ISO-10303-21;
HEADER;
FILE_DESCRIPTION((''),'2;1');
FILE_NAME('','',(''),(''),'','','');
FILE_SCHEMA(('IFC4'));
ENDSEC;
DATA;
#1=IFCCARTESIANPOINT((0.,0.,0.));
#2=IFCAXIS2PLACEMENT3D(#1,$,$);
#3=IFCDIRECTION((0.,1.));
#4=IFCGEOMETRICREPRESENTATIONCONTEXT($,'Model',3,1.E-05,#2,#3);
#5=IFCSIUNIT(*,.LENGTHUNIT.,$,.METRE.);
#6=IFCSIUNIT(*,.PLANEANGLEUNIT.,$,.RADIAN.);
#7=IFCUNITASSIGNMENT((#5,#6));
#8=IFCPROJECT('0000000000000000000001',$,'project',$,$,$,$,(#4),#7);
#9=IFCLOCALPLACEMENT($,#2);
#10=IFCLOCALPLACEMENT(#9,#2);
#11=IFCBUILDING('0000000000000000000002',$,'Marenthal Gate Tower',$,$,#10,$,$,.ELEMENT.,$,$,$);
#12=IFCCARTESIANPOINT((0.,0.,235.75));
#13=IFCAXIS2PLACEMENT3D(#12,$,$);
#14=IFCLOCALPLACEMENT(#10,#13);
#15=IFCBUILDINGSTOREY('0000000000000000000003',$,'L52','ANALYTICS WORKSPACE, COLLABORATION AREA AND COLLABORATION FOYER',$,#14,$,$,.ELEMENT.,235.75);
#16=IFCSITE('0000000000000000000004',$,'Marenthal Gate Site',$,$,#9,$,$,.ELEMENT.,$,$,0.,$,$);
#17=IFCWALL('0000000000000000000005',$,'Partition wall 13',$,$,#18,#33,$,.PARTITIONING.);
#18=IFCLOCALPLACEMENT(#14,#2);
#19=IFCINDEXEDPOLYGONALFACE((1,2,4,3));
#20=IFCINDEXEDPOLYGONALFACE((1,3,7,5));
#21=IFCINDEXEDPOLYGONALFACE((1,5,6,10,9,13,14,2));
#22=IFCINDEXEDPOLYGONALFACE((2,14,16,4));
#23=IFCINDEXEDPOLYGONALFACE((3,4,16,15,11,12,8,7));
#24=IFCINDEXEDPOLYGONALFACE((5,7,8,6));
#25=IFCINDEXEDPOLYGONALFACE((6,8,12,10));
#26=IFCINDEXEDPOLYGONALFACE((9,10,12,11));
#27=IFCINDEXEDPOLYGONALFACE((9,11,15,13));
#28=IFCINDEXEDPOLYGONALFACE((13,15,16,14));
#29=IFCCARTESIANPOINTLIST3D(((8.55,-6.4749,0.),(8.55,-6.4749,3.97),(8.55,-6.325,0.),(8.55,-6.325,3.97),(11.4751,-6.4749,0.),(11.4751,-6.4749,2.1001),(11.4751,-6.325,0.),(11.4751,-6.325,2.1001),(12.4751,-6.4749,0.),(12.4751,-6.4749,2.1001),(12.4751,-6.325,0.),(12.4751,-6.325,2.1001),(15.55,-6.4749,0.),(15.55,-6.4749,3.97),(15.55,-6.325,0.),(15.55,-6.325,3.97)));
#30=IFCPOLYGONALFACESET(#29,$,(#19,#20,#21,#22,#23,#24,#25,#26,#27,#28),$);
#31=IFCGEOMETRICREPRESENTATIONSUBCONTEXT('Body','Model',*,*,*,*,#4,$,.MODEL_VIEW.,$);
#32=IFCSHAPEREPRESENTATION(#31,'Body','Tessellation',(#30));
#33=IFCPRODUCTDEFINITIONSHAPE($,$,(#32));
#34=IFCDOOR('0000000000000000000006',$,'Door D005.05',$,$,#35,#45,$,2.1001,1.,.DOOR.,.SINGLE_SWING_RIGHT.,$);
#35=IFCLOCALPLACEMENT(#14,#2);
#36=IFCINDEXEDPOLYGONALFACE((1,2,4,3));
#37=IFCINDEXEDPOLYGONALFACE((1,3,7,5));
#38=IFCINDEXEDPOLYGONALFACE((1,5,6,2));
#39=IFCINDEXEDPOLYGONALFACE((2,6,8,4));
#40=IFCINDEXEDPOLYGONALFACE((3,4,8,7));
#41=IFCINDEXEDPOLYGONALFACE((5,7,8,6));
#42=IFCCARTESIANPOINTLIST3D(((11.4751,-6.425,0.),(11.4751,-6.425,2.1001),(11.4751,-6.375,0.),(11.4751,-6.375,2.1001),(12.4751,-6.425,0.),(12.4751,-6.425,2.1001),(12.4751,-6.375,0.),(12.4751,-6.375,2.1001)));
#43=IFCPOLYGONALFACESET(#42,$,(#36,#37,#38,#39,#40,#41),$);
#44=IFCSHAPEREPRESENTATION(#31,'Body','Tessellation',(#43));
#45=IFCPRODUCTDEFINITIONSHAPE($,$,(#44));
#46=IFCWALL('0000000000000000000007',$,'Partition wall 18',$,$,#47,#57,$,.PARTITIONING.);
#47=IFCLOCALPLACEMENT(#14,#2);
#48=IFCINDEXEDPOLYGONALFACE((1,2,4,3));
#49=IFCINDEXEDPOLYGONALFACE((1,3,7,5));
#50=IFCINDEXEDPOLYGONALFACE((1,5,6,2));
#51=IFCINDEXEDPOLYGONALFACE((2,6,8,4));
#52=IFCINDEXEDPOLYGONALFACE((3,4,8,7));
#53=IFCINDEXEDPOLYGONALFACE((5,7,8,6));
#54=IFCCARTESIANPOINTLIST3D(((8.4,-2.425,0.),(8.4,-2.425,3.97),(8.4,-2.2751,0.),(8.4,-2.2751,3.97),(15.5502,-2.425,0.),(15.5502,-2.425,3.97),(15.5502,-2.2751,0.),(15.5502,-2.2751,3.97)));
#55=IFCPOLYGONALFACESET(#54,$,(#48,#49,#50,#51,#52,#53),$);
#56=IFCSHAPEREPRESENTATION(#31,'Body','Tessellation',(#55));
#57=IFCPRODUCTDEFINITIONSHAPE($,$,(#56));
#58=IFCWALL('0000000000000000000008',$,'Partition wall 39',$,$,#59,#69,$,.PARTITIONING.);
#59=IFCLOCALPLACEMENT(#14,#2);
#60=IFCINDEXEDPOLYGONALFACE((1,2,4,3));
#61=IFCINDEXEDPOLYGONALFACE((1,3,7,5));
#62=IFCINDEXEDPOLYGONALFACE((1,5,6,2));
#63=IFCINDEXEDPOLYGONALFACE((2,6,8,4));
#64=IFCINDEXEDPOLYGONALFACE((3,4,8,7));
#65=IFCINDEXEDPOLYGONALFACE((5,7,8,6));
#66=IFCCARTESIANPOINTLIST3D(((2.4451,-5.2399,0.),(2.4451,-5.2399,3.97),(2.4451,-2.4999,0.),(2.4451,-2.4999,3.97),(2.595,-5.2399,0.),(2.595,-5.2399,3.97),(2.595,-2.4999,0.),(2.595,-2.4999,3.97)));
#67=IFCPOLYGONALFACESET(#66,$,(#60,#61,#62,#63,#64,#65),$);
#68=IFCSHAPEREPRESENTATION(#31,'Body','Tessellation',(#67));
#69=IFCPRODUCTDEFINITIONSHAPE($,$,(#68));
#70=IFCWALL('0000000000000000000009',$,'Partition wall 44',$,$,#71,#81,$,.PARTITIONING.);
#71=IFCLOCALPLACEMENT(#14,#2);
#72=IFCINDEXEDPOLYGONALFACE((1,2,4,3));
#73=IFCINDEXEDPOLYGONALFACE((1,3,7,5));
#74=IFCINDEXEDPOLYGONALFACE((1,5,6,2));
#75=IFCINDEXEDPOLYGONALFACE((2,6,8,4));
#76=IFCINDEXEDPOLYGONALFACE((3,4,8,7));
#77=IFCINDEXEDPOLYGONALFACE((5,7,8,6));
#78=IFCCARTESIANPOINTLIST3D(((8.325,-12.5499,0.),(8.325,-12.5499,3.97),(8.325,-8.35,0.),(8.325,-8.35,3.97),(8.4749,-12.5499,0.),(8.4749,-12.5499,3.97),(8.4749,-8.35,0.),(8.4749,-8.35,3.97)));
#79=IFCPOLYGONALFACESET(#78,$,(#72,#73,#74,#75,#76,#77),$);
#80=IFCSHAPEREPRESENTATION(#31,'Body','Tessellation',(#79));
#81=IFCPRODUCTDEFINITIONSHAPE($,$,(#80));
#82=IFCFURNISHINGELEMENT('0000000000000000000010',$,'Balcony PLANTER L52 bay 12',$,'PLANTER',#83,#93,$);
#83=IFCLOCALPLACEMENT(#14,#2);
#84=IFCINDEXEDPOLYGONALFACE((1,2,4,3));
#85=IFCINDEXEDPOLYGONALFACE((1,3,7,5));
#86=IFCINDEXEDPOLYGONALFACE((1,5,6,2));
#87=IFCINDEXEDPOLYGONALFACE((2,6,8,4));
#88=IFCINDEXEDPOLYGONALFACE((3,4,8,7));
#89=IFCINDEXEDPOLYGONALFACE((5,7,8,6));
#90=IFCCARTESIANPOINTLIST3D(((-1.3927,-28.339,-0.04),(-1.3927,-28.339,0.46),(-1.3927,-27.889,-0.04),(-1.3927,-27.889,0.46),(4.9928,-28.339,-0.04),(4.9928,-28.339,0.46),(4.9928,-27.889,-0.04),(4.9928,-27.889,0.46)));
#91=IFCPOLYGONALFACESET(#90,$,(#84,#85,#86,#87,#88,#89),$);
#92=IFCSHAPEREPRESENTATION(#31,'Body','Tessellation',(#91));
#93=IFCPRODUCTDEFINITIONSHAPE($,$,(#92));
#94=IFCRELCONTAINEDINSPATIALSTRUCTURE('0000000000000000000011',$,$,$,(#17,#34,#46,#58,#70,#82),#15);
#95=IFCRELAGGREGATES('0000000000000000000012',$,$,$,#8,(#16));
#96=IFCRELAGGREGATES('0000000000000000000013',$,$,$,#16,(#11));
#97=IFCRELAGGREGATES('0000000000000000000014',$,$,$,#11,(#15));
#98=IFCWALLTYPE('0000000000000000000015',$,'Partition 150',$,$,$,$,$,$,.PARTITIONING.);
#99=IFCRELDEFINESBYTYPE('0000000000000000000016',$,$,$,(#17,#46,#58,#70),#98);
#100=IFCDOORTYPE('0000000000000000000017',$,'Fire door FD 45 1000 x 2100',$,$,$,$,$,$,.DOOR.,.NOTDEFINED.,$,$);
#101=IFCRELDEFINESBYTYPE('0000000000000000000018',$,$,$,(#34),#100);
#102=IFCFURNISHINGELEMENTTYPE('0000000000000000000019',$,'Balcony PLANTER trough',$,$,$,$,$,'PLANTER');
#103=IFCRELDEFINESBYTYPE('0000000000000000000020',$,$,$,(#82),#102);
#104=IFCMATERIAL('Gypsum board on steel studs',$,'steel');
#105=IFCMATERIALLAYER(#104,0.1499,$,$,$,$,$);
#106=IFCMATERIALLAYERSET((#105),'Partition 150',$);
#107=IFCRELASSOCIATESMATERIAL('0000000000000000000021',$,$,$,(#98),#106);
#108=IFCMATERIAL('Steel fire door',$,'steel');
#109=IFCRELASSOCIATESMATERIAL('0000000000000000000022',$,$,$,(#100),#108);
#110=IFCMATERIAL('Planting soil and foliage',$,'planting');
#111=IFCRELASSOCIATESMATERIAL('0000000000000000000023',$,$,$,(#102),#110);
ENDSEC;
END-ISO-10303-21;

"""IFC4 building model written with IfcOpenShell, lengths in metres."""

from ifc_helpers import new_model, si_unit, direction, frame, frame_2d, origin, origin_2d, place, context, subcontext, project, spatial, rectangle, extrude, material, layer, layer_set, type_object, element, fill, save


model = new_model("IFC4")

# Units and contexts
model_context = context("Model", 3, precision=1e-05, world=origin(), true_north=direction((0.0, 1.0)))
body_context = subcontext(model_context, "Body", "Model", "MODEL_VIEW")
ifc_project = project(units=[si_unit("LENGTHUNIT", "METRE"), si_unit("PLANEANGLEUNIT", "RADIAN")], contexts=[model_context])

# Site, building, storey
site_placement = place(None, origin())
site = spatial("IfcSite", under=ifc_project, at=site_placement, Name="Marenthal Gate Site", CompositionType="ELEMENT", RefElevation=0.0)
building_placement = place(site_placement, origin())
building = spatial("IfcBuilding", under=site, at=building_placement, Name="Marenthal Gate Tower", CompositionType="ELEMENT")
storey_placement = place(building_placement, frame((0.0, 0.0, 235.75)))
storey = spatial("IfcBuildingStorey", under=building, at=storey_placement, Name="L52", Description="ANALYTICS WORKSPACE, COLLABORATION AREA AND COLLABORATION FOYER", CompositionType="ELEMENT", Elevation=235.75)

# Wall, opening, door
ifc_material_1 = material(Name="Gypsum board on steel studs", Category="steel")
ifc_layer_1 = layer(ifc_material_1, 0.1499)
ifc_layer_set_1 = layer_set([ifc_layer_1], Name="Partition 150")
wall_type_1 = type_object("IfcWallType", Name="Partition 150", PredefinedType="PARTITIONING", material=ifc_layer_set_1)
ifc_material_2 = material(Name="Steel fire door", Category="steel")
door_type = type_object("IfcDoorType", Name="Fire door FD 45 1000 x 2100", OperationType="NOTDEFINED", PredefinedType="DOOR", material=ifc_material_2)
wall_1_placement = place(storey_placement, frame((8.55, -6.3999, 0.0), z_axis=(0.0, 0.0, 1.0), x_axis=(1.0, 0.0, 0.0)))
wall_1 = element("IfcWall", 1, at=wall_1_placement, inside=storey, type_object=wall_type_1, Name="Partition wall 13", PredefinedType="PARTITIONING", context=body_context, shape_type="SweptSolid", body=[
    extrude(rectangle(XDim=7.0, YDim=0.1499, at=frame_2d((3.5, 0.0))), origin(), (0.0, 0.0, 1.0), 3.97),
])
opening_1_placement = place(wall_1_placement, frame((2.925, 0.0, 0.0)))
opening_1 = element("IfcOpeningElement", 2, at=opening_1_placement, cuts=wall_1, PredefinedType="OPENING", context=body_context, shape_type="SweptSolid", body=[
    extrude(rectangle(XDim=1.0, YDim=2.1001, at=frame_2d((0.5, 1.05))), frame((0.0, 0.085, 0.0), z_axis=(0.0, -1.0, 0.0), x_axis=(1.0, 0.0, 0.0)), (0.0, 0.0, 1.0), 0.1699),
])
door_1_placement = place(opening_1_placement, origin())
door_1 = element("IfcDoor", 3, at=door_1_placement, inside=storey, type_object=door_type, Name="Door D005.05", OperationType="SINGLE_SWING_RIGHT", OverallHeight=2.1001, OverallWidth=1.0, PredefinedType="DOOR", context=body_context, shape_type="SweptSolid", body=[
    extrude(rectangle(XDim=1.0, YDim=2.1001, at=frame_2d((0.5, 1.05))), frame((0.0, 0.0249, 0.0), z_axis=(0.0, -1.0, 0.0), x_axis=(1.0, 0.0, 0.0)), (0.0, 0.0, 1.0), 0.05),
])
fill(opening_1, door_1)

# Walls
wall_2_placement = place(storey_placement, frame((8.3999, -2.3501, 0.0), z_axis=(0.0, 0.0, 1.0), x_axis=(1.0, 0.0, 0.0)))
element("IfcWall", 4, at=wall_2_placement, inside=storey, type_object=wall_type_1, Name="Partition wall 18", PredefinedType="PARTITIONING", context=body_context, shape_type="SweptSolid", body=[
    extrude(rectangle(XDim=7.1501, YDim=0.1499, at=frame_2d((3.5752, 0.0))), origin(), (0.0, 0.0, 1.0), 3.97),
])
wall_3_placement = place(storey_placement, frame((2.52, -5.24, 0.0), z_axis=(0.0, 0.0, 1.0), x_axis=(0.0, 1.0, 0.0)))
element("IfcWall", 5, at=wall_3_placement, inside=storey, type_object=wall_type_1, Name="Partition wall 39", PredefinedType="PARTITIONING", context=body_context, shape_type="SweptSolid", body=[
    extrude(rectangle(XDim=2.74, YDim=0.1499, at=frame_2d((1.3701, 0.0))), origin(), (0.0, 0.0, 1.0), 3.97),
])
wall_4_placement = place(storey_placement, frame((8.3999, -12.55, 0.0), z_axis=(0.0, 0.0, 1.0), x_axis=(0.0, 1.0, 0.0)))
element("IfcWall", 6, at=wall_4_placement, inside=storey, type_object=wall_type_1, Name="Partition wall 44", PredefinedType="PARTITIONING", context=body_context, shape_type="SweptSolid", body=[
    extrude(rectangle(XDim=4.2, YDim=0.1499, at=frame_2d((2.1001, 0.0))), origin(), (0.0, 0.0, 1.0), 3.97),
])

# Furnishing element
ifc_material_3 = material(Name="Planting soil and foliage", Category="planting")
furnishing_element_type = type_object("IfcFurnishingElementType", Name="Balcony PLANTER trough", ElementType="PLANTER", material=ifc_material_3)
furnishing_placement = place(storey_placement, frame((1.8, -28.114, -0.04), z_axis=(0.0, 0.0, 1.0), x_axis=(1.0, 0.0, 0.0)))
element("IfcFurnishingElement", 7, at=furnishing_placement, inside=storey, type_object=furnishing_element_type, Name="Balcony PLANTER L52 bay 12", ObjectType="PLANTER", context=body_context, shape_type="SweptSolid", body=[
    extrude(rectangle(XDim=6.3855, YDim=0.45, at=origin_2d()), origin(), (0.0, 0.0, 1.0), 0.5),
])

save(model, "model.ifc")
